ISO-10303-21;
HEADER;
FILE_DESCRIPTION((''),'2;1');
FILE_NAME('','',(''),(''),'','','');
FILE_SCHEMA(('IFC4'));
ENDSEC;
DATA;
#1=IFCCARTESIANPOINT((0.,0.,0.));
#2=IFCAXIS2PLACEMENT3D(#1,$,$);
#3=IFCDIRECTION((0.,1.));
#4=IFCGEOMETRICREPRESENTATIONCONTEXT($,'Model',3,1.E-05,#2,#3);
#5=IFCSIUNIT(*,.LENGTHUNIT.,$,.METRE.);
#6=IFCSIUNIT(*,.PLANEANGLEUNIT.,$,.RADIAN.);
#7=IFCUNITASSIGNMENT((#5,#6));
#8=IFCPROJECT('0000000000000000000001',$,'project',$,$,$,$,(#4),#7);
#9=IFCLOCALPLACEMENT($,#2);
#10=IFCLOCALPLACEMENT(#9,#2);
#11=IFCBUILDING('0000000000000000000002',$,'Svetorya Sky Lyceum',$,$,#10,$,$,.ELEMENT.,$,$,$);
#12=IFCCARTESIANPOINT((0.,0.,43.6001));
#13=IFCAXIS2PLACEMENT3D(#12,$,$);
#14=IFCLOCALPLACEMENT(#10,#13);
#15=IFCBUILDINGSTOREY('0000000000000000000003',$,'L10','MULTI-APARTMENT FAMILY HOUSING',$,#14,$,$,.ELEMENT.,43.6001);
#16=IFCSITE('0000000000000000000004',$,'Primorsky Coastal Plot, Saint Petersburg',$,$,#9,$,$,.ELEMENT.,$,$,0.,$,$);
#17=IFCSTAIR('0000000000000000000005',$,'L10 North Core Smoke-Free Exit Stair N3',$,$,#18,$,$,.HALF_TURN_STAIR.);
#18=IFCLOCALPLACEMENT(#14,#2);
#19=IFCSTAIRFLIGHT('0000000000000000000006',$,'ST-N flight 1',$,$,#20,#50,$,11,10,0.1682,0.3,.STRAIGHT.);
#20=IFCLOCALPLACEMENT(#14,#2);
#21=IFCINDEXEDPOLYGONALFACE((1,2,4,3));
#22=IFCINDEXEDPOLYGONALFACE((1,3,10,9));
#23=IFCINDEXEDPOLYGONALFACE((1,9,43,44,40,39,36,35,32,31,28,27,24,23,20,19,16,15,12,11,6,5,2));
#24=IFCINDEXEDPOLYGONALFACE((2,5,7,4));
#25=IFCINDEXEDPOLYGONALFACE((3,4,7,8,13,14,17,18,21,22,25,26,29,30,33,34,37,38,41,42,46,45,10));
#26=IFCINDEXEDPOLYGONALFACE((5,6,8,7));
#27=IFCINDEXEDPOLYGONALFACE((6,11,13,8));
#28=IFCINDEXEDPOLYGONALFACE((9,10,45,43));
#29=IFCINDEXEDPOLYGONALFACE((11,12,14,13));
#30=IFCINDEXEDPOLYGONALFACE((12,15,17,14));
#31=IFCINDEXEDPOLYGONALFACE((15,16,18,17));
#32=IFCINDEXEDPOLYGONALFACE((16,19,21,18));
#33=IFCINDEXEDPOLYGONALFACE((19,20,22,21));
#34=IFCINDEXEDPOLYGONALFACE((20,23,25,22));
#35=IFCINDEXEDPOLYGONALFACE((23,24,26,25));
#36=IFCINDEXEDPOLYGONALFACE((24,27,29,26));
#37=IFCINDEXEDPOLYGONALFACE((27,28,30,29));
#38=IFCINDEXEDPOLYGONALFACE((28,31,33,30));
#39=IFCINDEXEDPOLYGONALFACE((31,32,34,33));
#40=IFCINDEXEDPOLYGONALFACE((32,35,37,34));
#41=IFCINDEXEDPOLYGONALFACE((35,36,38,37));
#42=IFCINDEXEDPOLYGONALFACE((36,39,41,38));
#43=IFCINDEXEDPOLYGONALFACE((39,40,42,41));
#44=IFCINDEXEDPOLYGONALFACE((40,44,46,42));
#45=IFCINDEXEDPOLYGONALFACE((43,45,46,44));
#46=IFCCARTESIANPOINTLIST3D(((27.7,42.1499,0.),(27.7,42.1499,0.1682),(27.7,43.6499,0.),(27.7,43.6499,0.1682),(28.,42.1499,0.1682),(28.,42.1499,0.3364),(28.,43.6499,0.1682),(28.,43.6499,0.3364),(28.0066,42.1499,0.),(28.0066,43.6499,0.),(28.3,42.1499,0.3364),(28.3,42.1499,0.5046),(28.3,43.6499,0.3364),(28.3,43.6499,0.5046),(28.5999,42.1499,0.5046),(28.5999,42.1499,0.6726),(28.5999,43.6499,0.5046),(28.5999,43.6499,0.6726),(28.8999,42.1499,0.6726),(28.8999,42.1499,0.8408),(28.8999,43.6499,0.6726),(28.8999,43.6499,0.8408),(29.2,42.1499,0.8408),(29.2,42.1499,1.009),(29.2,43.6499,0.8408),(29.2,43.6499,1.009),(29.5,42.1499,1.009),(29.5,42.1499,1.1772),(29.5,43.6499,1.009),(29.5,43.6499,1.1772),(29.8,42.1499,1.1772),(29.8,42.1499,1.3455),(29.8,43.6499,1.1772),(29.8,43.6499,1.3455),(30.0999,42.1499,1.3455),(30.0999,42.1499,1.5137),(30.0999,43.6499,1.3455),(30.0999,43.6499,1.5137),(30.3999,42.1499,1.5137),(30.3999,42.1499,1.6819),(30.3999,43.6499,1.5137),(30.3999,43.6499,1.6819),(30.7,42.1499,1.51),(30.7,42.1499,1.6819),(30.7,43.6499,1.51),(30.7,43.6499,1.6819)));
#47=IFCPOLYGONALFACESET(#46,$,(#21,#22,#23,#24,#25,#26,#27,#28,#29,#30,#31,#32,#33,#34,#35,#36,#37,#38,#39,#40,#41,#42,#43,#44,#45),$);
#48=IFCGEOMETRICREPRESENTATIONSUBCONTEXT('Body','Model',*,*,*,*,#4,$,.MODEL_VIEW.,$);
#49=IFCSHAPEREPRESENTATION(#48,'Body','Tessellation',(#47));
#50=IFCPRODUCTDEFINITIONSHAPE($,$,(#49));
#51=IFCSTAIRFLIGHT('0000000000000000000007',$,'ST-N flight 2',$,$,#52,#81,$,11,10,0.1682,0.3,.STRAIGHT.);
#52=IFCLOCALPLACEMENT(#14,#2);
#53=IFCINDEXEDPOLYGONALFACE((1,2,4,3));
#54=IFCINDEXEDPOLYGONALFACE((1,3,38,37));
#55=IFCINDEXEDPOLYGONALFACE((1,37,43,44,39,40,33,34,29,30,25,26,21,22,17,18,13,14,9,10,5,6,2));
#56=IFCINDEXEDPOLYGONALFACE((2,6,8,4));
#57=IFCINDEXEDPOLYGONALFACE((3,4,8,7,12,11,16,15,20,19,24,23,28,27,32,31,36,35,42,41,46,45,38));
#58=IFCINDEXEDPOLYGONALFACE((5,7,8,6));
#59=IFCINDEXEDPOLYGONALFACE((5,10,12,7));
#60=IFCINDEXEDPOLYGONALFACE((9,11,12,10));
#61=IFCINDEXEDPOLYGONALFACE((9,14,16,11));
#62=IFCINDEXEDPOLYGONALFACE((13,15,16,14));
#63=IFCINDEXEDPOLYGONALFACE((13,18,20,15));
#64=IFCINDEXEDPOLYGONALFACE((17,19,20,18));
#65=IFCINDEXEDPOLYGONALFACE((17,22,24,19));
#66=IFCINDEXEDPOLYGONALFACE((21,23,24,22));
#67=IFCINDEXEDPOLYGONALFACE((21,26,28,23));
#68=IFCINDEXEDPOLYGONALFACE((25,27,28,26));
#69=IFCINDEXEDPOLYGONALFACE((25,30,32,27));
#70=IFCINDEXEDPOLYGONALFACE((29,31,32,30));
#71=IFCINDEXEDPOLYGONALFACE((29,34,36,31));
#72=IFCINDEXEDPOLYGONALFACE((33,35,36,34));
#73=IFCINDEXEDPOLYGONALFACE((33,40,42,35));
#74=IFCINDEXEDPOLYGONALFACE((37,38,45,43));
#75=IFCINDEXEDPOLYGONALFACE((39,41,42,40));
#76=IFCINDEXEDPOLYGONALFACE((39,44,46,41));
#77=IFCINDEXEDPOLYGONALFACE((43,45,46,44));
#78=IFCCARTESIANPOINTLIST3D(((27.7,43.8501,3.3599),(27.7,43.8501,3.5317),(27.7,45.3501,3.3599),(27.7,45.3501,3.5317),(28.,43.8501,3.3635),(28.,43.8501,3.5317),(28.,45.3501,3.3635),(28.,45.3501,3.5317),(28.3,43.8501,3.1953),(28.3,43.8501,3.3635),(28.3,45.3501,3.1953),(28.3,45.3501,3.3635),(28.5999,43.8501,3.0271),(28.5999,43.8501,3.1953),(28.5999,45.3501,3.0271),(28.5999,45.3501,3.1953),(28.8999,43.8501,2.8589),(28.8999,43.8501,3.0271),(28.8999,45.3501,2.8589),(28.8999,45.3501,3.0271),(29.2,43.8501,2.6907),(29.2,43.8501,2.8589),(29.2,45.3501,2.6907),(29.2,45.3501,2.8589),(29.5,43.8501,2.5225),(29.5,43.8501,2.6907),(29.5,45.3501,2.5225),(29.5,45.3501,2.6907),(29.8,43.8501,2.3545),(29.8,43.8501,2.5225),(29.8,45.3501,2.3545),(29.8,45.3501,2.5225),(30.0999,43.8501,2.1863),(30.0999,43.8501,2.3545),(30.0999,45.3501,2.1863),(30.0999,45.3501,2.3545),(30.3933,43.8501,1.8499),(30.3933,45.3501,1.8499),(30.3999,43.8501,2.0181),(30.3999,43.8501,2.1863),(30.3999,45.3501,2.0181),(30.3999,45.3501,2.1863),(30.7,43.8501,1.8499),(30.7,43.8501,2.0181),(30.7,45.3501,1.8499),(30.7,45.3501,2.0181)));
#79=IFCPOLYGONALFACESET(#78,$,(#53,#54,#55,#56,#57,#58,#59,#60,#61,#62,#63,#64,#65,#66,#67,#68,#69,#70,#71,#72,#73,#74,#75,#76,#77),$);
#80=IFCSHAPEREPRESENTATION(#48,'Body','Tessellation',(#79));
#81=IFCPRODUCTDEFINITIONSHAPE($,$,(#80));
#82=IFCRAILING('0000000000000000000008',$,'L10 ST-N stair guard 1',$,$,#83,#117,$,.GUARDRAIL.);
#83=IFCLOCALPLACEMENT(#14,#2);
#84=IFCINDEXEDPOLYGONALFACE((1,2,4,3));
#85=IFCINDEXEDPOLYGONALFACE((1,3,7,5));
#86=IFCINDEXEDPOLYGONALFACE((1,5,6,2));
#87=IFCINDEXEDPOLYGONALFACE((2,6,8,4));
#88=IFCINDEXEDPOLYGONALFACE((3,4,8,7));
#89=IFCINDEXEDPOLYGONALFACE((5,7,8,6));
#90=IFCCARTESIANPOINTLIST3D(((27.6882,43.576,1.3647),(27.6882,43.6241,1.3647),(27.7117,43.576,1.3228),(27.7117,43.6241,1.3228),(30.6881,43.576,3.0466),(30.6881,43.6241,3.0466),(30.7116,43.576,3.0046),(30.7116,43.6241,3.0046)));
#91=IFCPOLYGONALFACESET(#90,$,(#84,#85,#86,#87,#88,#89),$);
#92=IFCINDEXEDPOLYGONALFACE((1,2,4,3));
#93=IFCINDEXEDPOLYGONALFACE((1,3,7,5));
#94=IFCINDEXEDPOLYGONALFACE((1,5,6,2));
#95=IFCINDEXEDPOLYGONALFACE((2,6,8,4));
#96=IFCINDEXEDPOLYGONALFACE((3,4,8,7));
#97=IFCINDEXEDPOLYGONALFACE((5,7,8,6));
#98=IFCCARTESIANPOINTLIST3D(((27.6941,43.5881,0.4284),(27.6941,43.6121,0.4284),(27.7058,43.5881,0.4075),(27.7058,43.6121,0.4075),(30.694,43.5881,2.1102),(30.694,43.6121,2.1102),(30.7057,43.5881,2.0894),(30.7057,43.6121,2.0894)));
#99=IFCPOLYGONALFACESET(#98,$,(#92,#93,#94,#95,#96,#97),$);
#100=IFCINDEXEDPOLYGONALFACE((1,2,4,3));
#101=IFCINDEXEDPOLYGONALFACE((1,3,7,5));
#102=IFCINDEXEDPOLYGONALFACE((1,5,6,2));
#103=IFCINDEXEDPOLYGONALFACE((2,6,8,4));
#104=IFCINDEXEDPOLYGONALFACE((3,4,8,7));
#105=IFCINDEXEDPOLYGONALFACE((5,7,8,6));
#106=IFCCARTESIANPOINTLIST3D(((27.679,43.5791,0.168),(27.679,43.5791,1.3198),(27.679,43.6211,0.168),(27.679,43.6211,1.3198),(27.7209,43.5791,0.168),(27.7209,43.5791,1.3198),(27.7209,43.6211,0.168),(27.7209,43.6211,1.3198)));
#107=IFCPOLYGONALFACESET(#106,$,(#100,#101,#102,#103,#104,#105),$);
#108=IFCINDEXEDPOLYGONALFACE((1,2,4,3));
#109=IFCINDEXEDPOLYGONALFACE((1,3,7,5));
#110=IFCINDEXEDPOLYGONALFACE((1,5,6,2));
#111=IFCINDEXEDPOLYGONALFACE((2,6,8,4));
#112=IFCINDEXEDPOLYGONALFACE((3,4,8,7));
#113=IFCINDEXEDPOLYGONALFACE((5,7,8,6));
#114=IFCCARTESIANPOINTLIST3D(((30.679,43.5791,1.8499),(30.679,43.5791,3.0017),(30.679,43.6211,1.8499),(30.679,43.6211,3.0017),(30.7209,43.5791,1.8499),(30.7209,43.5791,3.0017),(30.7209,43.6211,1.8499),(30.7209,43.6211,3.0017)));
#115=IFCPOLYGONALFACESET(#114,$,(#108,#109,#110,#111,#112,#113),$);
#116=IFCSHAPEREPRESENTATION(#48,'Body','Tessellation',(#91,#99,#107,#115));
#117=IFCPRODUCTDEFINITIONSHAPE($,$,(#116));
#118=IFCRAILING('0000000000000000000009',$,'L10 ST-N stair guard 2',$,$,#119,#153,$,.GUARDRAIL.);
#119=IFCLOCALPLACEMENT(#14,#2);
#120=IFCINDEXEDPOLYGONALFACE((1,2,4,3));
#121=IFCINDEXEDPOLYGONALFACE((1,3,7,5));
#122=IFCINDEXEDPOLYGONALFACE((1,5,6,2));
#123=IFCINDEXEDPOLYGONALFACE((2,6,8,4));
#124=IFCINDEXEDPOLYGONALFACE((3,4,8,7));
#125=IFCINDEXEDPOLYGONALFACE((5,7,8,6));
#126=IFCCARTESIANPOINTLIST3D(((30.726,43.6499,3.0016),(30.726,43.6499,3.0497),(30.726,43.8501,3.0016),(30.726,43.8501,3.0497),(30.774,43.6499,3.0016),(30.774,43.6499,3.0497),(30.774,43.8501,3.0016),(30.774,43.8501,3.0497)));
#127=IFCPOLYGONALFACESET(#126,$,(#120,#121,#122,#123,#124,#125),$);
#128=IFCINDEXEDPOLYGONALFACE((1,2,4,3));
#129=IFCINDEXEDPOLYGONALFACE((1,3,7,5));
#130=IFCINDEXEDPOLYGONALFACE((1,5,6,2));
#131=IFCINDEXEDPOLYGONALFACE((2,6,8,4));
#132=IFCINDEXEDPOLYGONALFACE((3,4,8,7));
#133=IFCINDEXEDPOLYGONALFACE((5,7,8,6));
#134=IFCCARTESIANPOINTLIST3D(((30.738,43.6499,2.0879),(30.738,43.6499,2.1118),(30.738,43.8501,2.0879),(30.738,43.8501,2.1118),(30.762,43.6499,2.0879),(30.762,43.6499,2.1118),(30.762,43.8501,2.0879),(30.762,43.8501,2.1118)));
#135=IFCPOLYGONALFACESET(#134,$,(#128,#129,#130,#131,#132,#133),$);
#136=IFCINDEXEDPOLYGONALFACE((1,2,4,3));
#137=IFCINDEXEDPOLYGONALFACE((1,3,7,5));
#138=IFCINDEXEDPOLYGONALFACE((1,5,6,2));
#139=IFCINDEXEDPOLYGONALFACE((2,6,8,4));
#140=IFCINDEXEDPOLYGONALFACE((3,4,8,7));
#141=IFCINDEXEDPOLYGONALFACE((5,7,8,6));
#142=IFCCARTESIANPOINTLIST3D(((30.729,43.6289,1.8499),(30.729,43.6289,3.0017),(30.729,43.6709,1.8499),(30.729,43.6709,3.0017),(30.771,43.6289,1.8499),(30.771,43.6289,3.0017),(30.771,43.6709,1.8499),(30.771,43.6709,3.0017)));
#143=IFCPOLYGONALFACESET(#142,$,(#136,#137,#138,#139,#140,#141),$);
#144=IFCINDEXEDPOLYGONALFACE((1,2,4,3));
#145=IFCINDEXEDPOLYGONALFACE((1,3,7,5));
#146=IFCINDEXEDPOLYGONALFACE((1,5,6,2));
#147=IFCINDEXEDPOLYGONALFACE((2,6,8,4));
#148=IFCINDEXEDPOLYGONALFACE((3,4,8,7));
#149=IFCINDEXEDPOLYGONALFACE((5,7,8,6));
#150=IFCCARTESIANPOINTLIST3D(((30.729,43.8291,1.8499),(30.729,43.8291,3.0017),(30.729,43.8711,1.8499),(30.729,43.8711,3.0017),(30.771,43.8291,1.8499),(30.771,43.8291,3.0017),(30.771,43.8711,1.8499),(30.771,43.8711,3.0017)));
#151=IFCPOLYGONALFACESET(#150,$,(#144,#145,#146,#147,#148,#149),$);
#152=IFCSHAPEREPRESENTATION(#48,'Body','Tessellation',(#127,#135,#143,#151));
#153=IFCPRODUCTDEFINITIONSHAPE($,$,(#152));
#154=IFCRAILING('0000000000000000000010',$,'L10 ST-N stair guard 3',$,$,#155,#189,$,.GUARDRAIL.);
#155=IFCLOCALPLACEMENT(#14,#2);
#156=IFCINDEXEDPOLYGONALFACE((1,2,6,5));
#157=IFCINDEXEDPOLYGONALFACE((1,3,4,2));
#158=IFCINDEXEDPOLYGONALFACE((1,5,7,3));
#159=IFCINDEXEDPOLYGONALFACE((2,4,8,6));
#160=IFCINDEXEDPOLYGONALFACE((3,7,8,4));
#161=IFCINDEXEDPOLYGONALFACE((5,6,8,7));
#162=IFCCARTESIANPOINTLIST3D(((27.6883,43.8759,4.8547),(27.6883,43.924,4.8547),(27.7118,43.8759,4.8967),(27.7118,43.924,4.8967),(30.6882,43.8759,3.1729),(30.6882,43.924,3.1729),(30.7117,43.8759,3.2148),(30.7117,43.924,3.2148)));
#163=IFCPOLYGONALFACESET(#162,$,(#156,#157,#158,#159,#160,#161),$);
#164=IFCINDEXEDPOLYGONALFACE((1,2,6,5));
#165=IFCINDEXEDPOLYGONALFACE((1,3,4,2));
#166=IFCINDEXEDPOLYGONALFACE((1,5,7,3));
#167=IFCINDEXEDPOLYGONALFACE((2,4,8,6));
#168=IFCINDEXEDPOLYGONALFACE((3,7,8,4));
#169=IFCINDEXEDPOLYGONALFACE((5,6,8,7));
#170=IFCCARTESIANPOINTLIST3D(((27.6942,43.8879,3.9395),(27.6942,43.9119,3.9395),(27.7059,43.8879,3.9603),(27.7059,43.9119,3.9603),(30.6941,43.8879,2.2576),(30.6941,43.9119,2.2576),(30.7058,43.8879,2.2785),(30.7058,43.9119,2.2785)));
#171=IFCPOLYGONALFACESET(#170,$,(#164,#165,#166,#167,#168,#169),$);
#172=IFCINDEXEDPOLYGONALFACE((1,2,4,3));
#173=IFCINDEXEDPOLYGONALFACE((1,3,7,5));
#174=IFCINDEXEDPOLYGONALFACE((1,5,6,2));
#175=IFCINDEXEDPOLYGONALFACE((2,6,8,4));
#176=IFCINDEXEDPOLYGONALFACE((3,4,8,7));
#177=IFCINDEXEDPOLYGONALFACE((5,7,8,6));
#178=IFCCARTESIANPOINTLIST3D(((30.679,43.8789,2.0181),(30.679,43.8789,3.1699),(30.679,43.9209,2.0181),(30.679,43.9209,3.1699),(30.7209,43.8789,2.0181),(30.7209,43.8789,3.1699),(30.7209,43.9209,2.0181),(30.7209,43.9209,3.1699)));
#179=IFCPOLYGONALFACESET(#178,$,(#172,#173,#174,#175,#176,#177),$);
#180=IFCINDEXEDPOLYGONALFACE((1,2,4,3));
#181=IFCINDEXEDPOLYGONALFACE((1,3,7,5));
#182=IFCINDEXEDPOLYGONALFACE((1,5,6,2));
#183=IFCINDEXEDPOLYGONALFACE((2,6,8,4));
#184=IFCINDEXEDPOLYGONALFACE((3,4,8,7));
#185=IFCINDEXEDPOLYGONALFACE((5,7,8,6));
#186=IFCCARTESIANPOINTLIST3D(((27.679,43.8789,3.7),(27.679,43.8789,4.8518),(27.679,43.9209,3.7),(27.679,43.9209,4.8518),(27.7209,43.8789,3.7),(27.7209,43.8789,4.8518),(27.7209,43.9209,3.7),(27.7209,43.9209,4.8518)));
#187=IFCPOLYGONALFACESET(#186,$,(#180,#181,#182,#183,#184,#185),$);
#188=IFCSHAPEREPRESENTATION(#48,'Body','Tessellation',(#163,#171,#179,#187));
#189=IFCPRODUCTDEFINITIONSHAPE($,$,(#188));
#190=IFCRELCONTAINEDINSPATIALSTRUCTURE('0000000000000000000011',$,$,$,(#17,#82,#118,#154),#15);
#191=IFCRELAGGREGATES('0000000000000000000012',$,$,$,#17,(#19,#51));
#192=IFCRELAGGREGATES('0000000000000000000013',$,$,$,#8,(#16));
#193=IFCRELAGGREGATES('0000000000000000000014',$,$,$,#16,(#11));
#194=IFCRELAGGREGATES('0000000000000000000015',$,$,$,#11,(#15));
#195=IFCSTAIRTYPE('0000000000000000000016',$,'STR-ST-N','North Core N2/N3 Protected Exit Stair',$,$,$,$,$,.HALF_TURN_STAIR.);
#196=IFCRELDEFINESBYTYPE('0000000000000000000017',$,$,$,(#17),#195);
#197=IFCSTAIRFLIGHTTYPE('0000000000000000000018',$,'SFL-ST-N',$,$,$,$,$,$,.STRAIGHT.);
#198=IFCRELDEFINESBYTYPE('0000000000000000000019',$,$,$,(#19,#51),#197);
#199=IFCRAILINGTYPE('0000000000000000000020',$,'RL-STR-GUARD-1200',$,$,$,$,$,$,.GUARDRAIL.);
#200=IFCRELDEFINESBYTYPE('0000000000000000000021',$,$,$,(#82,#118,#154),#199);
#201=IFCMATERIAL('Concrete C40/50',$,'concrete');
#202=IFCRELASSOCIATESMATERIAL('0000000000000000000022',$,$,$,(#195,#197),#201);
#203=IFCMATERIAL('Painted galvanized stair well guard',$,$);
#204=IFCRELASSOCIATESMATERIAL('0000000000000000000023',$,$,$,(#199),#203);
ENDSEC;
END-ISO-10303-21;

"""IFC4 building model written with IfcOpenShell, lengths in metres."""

from ifc_helpers import new_model, si_unit, direction, frame, origin, origin_2d, place, context, subcontext, project, spatial, polyline, rectangle, outline, extrude, material, type_object, element, aggregate, save


model = new_model("IFC4")

# Units and contexts
model_context = context("Model", 3, precision=1e-05, world=origin(), true_north=direction((0.0, 1.0)))
body_context = subcontext(model_context, "Body", "Model", "MODEL_VIEW")
ifc_project = project(units=[si_unit("LENGTHUNIT", "METRE"), si_unit("PLANEANGLEUNIT", "RADIAN")], contexts=[model_context])

# Site, building, storey
site_placement = place(None, origin())
site = spatial("IfcSite", under=ifc_project, at=site_placement, Name="Primorsky Coastal Plot, Saint Petersburg", CompositionType="ELEMENT", RefElevation=0.0)
building_placement = place(site_placement, origin())
building = spatial("IfcBuilding", under=site, at=building_placement, Name="Svetorya Sky Lyceum", CompositionType="ELEMENT")
storey_placement = place(building_placement, frame((0.0, 0.0, 43.6001)))
storey = spatial("IfcBuildingStorey", under=building, at=storey_placement, Name="L10", Description="MULTI-APARTMENT FAMILY HOUSING", CompositionType="ELEMENT", Elevation=43.6001)

# Stair, stair flights
ifc_material_1 = material(Name="Concrete C40/50", Category="concrete")
stair_type = type_object("IfcStairType", Name="STR-ST-N", Description="North Core N2/N3 Protected Exit Stair", PredefinedType="HALF_TURN_STAIR", material=ifc_material_1)
stair_placement = place(storey_placement, origin())
stair = element("IfcStair", 1, at=stair_placement, inside=storey, type_object=stair_type, Name="L10 North Core Smoke-Free Exit Stair N3", PredefinedType="HALF_TURN_STAIR")
stair_flight_type = type_object("IfcStairFlightType", Name="SFL-ST-N", PredefinedType="STRAIGHT", material=ifc_material_1)
stair_flight_1_placement = place(storey_placement, frame((27.7, 42.8999, 0.0), z_axis=(0.0, 0.0, 1.0), x_axis=(1.0, 0.0, 0.0)))
stair_flight_1 = element("IfcStairFlight", 2, at=stair_flight_1_placement, type_object=stair_flight_type, Name="ST-N flight 1", NumberOfRisers=11, NumberOfTreads=10, PredefinedType="STRAIGHT", RiserHeight=0.1682, TreadLength=0.3, context=body_context, shape_type="SweptSolid", body=[
    extrude(outline(polyline([(0.0, 0.0), (0.0, 0.1682), (0.3, 0.1682), (0.3, 0.3364), (0.6001, 0.3364), (0.6001, 0.5046), (0.8999, 0.5046), (0.8999, 0.6726), (1.2, 0.6726), (1.2, 0.8408), (1.5, 0.8408), (1.5, 1.009), (1.8, 1.009), (1.8, 1.1772), (2.1001, 1.1772), (2.1001, 1.3455), (2.3999, 1.3455), (2.3999, 1.5137), (2.7, 1.5137), (2.7, 1.6819), (3.0, 1.6819), (3.0, 1.8501), (3.0, 1.51), (0.3066, 0.0), (0.0, 0.0)])), frame((0.0, 0.75, 0.0), z_axis=(0.0, -1.0, 0.0), x_axis=(1.0, 0.0, 0.0)), (0.0, 0.0, 1.0), 1.5),
])
stair_flight_2_placement = place(storey_placement, frame((30.7, 44.6001, 1.8499), z_axis=(0.0, 0.0, 1.0), x_axis=(-1.0, 0.0, 0.0)))
stair_flight_2 = element("IfcStairFlight", 3, at=stair_flight_2_placement, type_object=stair_flight_type, Name="ST-N flight 2", NumberOfRisers=11, NumberOfTreads=10, PredefinedType="STRAIGHT", RiserHeight=0.1682, TreadLength=0.3, context=body_context, shape_type="SweptSolid", body=[
    extrude(outline(polyline([(0.0, 0.0), (0.0, 0.1682), (0.3, 0.1682), (0.3, 0.3364), (0.6001, 0.3364), (0.6001, 0.5046), (0.8999, 0.5046), (0.8999, 0.6726), (1.2, 0.6726), (1.2, 0.8408), (1.5, 0.8408), (1.5, 1.009), (1.8, 1.009), (1.8, 1.1772), (2.1001, 1.1772), (2.1001, 1.3455), (2.3999, 1.3455), (2.3999, 1.5137), (2.7, 1.5137), (2.7, 1.6819), (3.0, 1.6819), (3.0, 1.8501), (3.0, 1.51), (0.3066, 0.0), (0.0, 0.0)])), frame((0.0, 0.75, 0.0), z_axis=(0.0, -1.0, 0.0), x_axis=(1.0, 0.0, 0.0)), (0.0, 0.0, 1.0), 1.5),
])
aggregate(stair, [stair_flight_1, stair_flight_2])

# Railings
ifc_material_2 = material(Name="Painted galvanized stair well guard")
railing_type_1 = type_object("IfcRailingType", Name="RL-STR-GUARD-1200", PredefinedType="GUARDRAIL", material=ifc_material_2)
railing_1_placement = place(storey_placement, frame((27.7, 43.6001, 0.168)))
element("IfcRailing", 4, at=railing_1_placement, inside=storey, type_object=railing_type_1, Name="L10 ST-N stair guard 1", PredefinedType="GUARDRAIL", context=body_context, shape_type="SweptSolid", body=[
    extrude(rectangle(XDim=0.0481, YDim=0.0481, at=origin_2d()), frame((0.0, 0.0, 1.1758), z_axis=(0.872272, 0.0, 0.48902), x_axis=(0.0, 1.0, 0.0)), (0.0, 0.0, 1.0), 3.4392),
    extrude(rectangle(XDim=0.0239, YDim=0.0239, at=origin_2d()), frame((0.0, 0.0, 0.25), z_axis=(0.872272, 0.0, 0.48902), x_axis=(0.0, 1.0, 0.0)), (0.0, 0.0, 1.0), 3.4392),
    extrude(rectangle(XDim=0.042, YDim=0.042, at=origin_2d()), origin(), (0.0, 0.0, 1.0), 1.1519),
    extrude(rectangle(XDim=0.042, YDim=0.042, at=origin_2d()), frame((3.0, 0.0, 1.6819)), (0.0, 0.0, 1.0), 1.1519),
])
railing_2_placement = place(storey_placement, frame((30.75, 43.6499, 1.8499)))
element("IfcRailing", 5, at=railing_2_placement, inside=storey, type_object=railing_type_1, Name="L10 ST-N stair guard 2", PredefinedType="GUARDRAIL", context=body_context, shape_type="SweptSolid", body=[
    extrude(rectangle(XDim=0.0481, YDim=0.0481, at=origin_2d()), frame((0.0, 0.0, 1.1758), z_axis=(0.0, 1.0, 0.0), x_axis=(-1.0, 0.0, 0.0)), (0.0, 0.0, 1.0), 0.2002),
    extrude(rectangle(XDim=0.0239, YDim=0.0239, at=origin_2d()), frame((0.0, 0.0, 0.25), z_axis=(0.0, 1.0, 0.0), x_axis=(-1.0, 0.0, 0.0)), (0.0, 0.0, 1.0), 0.2002),
    extrude(rectangle(XDim=0.042, YDim=0.042, at=origin_2d()), origin(), (0.0, 0.0, 1.0), 1.1519),
    extrude(rectangle(XDim=0.042, YDim=0.042, at=origin_2d()), frame((0.0, 0.2002, 0.0)), (0.0, 0.0, 1.0), 1.1519),
])
railing_3_placement = place(storey_placement, frame((30.7, 43.8999, 2.0181)))
element("IfcRailing", 6, at=railing_3_placement, inside=storey, type_object=railing_type_1, Name="L10 ST-N stair guard 3", PredefinedType="GUARDRAIL", context=body_context, shape_type="SweptSolid", body=[
    extrude(rectangle(XDim=0.0481, YDim=0.0481, at=origin_2d()), frame((0.0, 0.0, 1.1758), z_axis=(-0.872272, 0.0, 0.48902), x_axis=(0.0, -1.0, 0.0)), (0.0, 0.0, 1.0), 3.4392),
    extrude(rectangle(XDim=0.0239, YDim=0.0239, at=origin_2d()), frame((0.0, 0.0, 0.25), z_axis=(-0.872272, 0.0, 0.48902), x_axis=(0.0, -1.0, 0.0)), (0.0, 0.0, 1.0), 3.4392),
    extrude(rectangle(XDim=0.042, YDim=0.042, at=origin_2d()), origin(), (0.0, 0.0, 1.0), 1.1519),
    extrude(rectangle(XDim=0.042, YDim=0.042, at=origin_2d()), frame((-3.0, 0.0, 1.6819)), (0.0, 0.0, 1.0), 1.1519),
])

save(model, "model.ifc")
